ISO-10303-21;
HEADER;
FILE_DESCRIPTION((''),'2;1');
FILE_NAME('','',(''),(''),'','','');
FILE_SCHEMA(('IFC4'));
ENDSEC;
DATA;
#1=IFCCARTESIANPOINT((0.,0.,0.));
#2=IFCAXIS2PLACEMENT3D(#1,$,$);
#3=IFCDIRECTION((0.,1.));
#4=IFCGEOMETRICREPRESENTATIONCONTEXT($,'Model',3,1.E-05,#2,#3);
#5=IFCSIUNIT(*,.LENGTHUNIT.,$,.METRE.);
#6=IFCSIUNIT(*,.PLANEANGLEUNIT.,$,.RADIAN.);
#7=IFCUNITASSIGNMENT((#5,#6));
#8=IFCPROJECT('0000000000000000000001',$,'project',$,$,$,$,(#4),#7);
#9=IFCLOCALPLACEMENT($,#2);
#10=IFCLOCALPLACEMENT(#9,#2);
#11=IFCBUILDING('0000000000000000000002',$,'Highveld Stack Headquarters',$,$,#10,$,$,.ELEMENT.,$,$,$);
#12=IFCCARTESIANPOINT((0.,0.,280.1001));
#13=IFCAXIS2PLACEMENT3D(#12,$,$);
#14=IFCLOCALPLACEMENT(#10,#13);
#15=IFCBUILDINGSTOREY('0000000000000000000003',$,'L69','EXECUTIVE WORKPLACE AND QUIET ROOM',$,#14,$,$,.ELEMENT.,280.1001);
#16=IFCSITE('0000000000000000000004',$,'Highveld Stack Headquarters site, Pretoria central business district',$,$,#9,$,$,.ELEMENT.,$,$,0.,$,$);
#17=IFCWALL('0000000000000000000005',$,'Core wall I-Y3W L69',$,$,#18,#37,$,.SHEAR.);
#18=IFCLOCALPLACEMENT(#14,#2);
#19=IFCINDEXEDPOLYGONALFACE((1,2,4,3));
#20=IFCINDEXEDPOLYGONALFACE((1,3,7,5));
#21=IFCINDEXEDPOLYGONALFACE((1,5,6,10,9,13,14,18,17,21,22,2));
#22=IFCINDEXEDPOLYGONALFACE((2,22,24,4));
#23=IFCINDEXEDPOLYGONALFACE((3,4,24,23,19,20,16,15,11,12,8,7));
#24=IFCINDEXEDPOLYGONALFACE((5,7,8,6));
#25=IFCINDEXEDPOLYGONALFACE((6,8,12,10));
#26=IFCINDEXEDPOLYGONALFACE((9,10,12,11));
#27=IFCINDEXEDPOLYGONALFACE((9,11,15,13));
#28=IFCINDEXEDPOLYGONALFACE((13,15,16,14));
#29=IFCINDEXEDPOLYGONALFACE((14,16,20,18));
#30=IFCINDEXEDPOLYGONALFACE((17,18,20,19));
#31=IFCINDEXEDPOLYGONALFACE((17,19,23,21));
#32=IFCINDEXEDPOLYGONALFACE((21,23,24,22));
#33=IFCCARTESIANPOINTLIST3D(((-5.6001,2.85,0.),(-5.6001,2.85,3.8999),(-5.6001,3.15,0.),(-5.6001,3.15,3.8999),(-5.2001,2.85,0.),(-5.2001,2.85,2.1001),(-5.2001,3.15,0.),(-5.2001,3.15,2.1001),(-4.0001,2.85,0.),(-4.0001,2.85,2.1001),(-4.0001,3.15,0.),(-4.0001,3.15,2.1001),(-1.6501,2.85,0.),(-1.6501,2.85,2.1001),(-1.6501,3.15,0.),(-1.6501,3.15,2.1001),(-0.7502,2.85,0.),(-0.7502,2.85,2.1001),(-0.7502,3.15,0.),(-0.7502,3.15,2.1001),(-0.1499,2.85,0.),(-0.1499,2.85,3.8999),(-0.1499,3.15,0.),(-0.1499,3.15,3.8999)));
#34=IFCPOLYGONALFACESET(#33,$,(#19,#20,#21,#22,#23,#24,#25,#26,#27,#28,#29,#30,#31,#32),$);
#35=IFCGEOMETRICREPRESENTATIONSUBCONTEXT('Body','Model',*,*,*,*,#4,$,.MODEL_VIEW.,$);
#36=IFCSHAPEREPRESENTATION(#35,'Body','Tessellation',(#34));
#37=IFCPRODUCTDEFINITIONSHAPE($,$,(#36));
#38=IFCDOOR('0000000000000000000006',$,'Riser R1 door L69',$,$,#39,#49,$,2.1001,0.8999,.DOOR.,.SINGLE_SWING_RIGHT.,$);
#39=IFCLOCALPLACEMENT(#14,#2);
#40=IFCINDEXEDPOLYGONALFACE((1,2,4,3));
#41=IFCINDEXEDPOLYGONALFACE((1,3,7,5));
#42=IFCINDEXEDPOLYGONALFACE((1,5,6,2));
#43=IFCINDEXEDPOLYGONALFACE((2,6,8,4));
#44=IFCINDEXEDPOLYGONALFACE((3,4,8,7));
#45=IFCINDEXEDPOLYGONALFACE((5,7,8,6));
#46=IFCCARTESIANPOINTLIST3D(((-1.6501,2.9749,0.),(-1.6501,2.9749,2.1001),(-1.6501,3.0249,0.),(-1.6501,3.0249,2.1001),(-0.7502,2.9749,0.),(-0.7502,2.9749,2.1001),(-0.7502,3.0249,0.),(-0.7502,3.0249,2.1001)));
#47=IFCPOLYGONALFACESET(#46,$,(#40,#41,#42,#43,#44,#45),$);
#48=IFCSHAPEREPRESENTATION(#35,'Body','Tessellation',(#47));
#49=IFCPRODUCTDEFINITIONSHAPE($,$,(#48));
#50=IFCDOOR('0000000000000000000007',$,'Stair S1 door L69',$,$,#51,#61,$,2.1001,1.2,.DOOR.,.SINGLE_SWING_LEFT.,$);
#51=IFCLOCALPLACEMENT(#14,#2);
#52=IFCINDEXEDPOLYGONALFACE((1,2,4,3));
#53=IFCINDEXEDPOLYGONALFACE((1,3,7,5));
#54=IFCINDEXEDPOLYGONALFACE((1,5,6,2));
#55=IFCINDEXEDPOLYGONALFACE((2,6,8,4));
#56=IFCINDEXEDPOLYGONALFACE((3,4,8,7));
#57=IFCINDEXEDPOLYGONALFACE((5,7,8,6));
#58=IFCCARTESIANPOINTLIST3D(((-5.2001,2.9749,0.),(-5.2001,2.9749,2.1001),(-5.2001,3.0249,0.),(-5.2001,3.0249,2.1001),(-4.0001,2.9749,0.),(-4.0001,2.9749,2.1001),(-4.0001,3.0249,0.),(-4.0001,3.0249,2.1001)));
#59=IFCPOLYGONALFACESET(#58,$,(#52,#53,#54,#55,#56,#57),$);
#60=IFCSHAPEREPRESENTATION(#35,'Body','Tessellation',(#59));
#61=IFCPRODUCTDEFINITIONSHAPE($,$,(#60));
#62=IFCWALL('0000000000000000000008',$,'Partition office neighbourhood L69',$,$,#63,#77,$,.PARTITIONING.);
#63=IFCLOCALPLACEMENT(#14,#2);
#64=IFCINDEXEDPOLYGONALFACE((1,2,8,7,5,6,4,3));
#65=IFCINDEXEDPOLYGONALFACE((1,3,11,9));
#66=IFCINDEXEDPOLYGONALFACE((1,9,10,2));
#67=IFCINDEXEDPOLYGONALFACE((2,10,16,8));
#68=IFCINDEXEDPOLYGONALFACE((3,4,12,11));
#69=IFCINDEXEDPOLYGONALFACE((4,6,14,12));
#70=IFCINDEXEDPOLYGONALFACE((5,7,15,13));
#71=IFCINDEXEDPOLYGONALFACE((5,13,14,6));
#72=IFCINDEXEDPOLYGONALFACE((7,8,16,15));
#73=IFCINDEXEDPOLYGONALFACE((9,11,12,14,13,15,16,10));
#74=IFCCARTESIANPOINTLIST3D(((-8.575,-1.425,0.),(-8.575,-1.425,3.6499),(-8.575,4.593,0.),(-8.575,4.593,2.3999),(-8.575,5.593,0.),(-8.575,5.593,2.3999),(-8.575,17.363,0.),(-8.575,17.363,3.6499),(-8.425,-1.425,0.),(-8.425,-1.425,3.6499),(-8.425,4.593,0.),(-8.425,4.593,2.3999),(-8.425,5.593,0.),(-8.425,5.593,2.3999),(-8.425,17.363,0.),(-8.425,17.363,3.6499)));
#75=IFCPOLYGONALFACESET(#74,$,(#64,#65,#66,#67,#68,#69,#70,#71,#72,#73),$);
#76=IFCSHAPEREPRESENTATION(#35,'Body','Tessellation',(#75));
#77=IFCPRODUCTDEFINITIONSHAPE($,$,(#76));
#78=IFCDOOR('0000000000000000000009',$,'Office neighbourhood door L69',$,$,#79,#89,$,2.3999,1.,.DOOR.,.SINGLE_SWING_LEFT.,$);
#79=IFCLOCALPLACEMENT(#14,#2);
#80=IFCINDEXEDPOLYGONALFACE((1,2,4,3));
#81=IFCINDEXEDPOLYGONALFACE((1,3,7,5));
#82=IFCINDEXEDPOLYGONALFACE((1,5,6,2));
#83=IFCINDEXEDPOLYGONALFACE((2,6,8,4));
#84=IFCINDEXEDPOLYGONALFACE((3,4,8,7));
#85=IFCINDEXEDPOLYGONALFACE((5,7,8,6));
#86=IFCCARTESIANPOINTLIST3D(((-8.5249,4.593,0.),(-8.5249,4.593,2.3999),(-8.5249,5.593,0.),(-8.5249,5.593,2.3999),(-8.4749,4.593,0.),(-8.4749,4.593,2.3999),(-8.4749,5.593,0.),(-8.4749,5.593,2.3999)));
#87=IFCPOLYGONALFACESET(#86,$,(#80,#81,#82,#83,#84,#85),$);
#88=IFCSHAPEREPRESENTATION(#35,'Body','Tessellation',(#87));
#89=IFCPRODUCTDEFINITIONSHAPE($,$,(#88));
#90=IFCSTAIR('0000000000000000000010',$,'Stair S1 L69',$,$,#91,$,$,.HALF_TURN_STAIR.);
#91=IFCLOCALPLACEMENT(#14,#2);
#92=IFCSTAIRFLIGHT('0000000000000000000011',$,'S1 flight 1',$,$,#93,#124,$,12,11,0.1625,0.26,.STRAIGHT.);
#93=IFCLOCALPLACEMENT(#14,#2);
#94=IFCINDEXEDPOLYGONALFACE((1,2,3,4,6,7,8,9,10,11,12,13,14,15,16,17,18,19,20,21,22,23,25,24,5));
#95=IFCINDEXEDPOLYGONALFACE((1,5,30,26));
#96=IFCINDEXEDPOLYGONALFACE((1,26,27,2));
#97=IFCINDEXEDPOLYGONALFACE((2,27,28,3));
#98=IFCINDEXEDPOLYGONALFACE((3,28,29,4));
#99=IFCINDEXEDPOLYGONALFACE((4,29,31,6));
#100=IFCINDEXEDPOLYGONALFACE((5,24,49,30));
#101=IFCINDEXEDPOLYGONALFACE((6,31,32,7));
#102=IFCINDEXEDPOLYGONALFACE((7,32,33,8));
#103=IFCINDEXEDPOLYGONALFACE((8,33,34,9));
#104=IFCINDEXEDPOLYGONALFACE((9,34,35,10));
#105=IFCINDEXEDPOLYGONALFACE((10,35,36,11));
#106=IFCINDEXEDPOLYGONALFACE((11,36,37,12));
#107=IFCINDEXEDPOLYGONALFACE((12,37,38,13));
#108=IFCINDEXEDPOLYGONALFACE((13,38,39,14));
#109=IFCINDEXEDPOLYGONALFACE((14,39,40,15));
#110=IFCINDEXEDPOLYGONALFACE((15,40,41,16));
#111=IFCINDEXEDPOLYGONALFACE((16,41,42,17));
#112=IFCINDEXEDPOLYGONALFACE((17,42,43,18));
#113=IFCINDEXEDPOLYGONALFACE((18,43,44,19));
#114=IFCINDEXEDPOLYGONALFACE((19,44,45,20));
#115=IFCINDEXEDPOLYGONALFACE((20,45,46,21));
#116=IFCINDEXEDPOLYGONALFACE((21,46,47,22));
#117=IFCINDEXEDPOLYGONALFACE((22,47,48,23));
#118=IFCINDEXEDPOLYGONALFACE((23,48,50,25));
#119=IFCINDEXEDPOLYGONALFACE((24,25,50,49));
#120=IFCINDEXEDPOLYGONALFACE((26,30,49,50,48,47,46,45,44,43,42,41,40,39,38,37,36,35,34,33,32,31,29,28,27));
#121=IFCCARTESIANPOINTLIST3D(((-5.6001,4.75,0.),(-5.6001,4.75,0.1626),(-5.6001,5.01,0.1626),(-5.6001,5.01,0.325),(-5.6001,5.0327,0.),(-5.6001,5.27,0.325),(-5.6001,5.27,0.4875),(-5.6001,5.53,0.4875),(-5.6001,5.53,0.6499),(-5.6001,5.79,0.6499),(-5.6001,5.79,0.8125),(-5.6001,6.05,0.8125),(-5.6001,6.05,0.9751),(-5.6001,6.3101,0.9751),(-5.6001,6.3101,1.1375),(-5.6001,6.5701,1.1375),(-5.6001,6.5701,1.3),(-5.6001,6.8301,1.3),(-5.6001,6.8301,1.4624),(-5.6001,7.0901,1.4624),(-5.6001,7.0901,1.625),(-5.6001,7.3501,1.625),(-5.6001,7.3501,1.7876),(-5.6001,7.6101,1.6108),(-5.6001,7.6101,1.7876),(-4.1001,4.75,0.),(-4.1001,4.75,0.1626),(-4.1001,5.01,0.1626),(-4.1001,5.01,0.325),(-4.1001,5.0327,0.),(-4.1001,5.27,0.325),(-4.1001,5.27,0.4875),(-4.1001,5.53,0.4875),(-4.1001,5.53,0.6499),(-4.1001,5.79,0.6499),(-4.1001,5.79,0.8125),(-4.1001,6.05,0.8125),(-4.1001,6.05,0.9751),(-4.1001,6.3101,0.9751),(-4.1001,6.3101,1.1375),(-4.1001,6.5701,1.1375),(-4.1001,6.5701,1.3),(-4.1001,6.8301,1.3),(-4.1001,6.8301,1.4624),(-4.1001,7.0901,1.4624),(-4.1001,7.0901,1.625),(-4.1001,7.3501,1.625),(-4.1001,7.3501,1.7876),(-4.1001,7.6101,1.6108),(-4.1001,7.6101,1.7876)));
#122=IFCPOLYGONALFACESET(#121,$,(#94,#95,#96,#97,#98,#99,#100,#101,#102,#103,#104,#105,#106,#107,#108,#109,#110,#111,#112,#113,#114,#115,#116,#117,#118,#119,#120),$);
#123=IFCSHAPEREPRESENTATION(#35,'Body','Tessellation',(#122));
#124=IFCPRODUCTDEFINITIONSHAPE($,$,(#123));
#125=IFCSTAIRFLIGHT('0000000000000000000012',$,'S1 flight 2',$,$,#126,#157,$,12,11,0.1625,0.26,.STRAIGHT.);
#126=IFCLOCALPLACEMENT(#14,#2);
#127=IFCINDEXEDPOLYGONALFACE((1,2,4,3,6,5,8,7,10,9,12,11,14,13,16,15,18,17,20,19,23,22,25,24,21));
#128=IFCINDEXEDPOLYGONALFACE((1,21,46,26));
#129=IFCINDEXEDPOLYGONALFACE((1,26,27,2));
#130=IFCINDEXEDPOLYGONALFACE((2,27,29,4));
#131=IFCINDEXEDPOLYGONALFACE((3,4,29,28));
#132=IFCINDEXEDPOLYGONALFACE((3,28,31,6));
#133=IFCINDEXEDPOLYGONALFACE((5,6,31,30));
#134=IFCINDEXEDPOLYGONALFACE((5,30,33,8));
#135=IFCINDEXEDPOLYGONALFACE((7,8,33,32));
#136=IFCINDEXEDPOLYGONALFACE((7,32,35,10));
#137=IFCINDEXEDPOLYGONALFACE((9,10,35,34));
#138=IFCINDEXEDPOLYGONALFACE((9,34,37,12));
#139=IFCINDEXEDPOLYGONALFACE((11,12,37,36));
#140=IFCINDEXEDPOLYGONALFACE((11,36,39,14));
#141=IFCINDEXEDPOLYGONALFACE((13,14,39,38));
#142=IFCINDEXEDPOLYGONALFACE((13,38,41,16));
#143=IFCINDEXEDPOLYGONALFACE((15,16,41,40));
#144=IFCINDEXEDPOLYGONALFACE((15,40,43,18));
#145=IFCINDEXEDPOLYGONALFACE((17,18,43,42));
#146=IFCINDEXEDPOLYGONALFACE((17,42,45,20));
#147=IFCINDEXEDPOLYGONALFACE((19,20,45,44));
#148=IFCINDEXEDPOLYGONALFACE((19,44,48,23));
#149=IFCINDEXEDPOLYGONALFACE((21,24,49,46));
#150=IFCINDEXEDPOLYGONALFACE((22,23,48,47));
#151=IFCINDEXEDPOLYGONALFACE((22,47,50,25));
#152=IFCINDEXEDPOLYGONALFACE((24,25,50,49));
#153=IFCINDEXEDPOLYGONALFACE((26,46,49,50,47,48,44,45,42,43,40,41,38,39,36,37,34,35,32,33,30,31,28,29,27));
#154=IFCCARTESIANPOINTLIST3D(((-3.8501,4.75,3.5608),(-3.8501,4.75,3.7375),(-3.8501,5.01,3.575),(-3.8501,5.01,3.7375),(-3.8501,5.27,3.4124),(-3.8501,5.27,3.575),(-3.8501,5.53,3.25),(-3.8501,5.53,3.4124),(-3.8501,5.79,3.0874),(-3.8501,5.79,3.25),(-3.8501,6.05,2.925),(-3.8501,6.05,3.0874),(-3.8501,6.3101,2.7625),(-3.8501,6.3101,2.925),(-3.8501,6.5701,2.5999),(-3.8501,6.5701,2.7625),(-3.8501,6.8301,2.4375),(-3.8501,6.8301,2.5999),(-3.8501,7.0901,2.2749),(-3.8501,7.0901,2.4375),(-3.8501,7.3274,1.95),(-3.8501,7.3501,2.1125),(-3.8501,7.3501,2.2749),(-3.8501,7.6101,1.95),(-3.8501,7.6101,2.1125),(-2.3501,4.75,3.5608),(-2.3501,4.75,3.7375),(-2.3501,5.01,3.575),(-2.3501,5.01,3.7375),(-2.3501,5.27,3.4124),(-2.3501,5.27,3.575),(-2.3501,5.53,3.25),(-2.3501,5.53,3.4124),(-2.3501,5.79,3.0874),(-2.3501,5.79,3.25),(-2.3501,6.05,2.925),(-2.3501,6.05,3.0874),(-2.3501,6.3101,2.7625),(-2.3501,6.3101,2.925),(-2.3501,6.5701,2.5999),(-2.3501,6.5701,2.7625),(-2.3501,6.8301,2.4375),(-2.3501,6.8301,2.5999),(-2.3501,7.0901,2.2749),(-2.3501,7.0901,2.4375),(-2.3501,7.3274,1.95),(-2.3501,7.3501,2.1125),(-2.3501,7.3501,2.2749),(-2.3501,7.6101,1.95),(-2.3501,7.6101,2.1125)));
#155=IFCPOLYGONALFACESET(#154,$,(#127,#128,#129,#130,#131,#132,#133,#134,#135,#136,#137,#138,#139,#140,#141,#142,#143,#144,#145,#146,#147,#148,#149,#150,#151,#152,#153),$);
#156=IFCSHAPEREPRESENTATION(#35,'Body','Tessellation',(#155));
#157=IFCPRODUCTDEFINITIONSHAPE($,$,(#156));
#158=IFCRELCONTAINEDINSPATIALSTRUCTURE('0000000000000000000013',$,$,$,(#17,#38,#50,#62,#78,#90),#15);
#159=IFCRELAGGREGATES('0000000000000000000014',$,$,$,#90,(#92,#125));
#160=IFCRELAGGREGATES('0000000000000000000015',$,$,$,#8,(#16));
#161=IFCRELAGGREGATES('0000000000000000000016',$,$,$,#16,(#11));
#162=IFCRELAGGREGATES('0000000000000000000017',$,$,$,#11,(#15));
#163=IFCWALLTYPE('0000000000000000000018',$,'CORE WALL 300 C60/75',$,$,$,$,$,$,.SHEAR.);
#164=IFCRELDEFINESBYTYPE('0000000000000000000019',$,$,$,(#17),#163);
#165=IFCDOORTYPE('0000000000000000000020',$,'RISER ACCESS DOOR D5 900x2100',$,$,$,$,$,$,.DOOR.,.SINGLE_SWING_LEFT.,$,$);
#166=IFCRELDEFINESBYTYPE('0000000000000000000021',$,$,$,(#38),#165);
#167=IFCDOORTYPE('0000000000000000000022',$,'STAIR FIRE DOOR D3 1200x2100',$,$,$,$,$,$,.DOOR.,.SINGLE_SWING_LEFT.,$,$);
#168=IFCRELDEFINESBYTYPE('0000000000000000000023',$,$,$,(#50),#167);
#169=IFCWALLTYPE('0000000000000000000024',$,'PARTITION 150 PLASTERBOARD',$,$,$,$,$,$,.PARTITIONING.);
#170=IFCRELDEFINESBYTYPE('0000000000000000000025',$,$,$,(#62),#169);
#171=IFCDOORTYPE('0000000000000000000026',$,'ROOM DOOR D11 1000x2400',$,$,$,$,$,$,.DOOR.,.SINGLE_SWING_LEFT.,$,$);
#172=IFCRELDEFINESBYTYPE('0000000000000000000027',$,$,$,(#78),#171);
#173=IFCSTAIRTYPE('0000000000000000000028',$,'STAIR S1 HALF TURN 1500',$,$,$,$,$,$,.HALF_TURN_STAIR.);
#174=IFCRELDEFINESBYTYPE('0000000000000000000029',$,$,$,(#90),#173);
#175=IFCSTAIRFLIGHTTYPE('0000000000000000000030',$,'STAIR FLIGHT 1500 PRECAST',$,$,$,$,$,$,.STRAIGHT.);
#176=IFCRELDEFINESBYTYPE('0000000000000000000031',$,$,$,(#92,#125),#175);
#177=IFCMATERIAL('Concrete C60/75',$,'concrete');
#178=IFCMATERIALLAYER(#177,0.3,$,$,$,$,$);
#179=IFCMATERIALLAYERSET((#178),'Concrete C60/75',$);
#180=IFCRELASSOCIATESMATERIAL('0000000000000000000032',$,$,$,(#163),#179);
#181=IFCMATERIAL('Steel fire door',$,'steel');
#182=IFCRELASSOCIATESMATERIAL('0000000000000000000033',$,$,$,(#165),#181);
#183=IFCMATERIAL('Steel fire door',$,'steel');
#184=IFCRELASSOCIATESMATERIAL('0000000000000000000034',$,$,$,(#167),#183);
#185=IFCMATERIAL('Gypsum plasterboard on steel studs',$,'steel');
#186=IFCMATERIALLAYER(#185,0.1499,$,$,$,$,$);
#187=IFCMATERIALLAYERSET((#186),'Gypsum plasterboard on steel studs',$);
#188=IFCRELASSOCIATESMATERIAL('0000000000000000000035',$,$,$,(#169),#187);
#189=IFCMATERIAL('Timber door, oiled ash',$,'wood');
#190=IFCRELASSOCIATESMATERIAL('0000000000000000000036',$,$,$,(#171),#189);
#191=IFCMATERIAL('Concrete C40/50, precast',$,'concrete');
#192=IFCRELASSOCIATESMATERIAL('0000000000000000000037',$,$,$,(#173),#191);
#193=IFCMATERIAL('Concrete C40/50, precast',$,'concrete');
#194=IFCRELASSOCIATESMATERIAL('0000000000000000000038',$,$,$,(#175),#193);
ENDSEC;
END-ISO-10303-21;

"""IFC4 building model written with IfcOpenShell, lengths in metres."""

from ifc_helpers import new_model, si_unit, direction, frame, frame_2d, origin, place, context, subcontext, project, spatial, polyline, rectangle, outline, extrude, material, layer, layer_set, type_object, element, fill, aggregate, save


model = new_model("IFC4")

# Units and contexts
model_context = context("Model", 3, precision=1e-05, world=origin(), true_north=direction((0.0, 1.0)))
body_context = subcontext(model_context, "Body", "Model", "MODEL_VIEW")
ifc_project = project(units=[si_unit("LENGTHUNIT", "METRE"), si_unit("PLANEANGLEUNIT", "RADIAN")], contexts=[model_context])

# Site, building, storey
site_placement = place(None, origin())
site = spatial("IfcSite", under=ifc_project, at=site_placement, Name="Highveld Stack Headquarters site, Pretoria central business district", CompositionType="ELEMENT", RefElevation=0.0)
building_placement = place(site_placement, origin())
building = spatial("IfcBuilding", under=site, at=building_placement, Name="Highveld Stack Headquarters", CompositionType="ELEMENT")
storey_placement = place(building_placement, frame((0.0, 0.0, 280.1001)))
storey = spatial("IfcBuildingStorey", under=building, at=storey_placement, Name="L69", Description="EXECUTIVE WORKPLACE AND QUIET ROOM", CompositionType="ELEMENT", Elevation=280.1001)

# Wall, openings, doors
ifc_material_1 = material(Name="Concrete C60/75", Category="concrete")
ifc_layer_1 = layer(ifc_material_1, 0.3)
ifc_layer_set_1 = layer_set([ifc_layer_1], Name="Concrete C60/75")
wall_type_1 = type_object("IfcWallType", Name="CORE WALL 300 C60/75", PredefinedType="SHEAR", material=ifc_layer_set_1)
wall_1_placement = place(storey_placement, frame((-5.6001, 3.0, 0.0), z_axis=(0.0, 0.0, 1.0), x_axis=(1.0, 0.0, 0.0)))
wall_1 = element("IfcWall", 1, at=wall_1_placement, inside=storey, type_object=wall_type_1, Name="Core wall I-Y3W L69", PredefinedType="SHEAR", context=body_context, shape_type="SweptSolid", body=[
    extrude(rectangle(XDim=5.4502, YDim=0.3, at=frame_2d((2.7251, 0.0))), origin(), (0.0, 0.0, 1.0), 3.8999),
])
opening_1_placement = place(wall_1_placement, frame((0.3999, 0.0, 0.0)))
opening_1 = element("IfcOpeningElement", 2, at=opening_1_placement, cuts=wall_1, PredefinedType="OPENING", context=body_context, shape_type="SweptSolid", body=[
    extrude(rectangle(XDim=1.2, YDim=2.1001, at=frame_2d((0.6001, 1.05))), frame((0.0, 0.1599, 0.0), z_axis=(0.0, -1.0, 0.0), x_axis=(1.0, 0.0, 0.0)), (0.0, 0.0, 1.0), 0.3201),
])
opening_2_placement = place(wall_1_placement, frame((3.95, 0.0, 0.0)))
opening_2 = element("IfcOpeningElement", 3, at=opening_2_placement, cuts=wall_1, PredefinedType="OPENING", context=body_context, shape_type="SweptSolid", body=[
    extrude(rectangle(XDim=0.8999, YDim=2.1001, at=frame_2d((0.45, 1.05))), frame((0.0, 0.1599, 0.0), z_axis=(0.0, -1.0, 0.0), x_axis=(1.0, 0.0, 0.0)), (0.0, 0.0, 1.0), 0.3201),
])
ifc_material_2 = material(Name="Steel fire door", Category="steel")
door_type_1 = type_object("IfcDoorType", Name="RISER ACCESS DOOR D5 900x2100", OperationType="SINGLE_SWING_LEFT", PredefinedType="DOOR", material=ifc_material_2)
door_1_placement = place(opening_2_placement, origin())
door_1 = element("IfcDoor", 4, at=door_1_placement, inside=storey, type_object=door_type_1, Name="Riser R1 door L69", OperationType="SINGLE_SWING_RIGHT", OverallHeight=2.1001, OverallWidth=0.8999, PredefinedType="DOOR", context=body_context, shape_type="SweptSolid", body=[
    extrude(rectangle(XDim=0.8999, YDim=2.1001, at=frame_2d((0.45, 1.05))), frame((0.0, 0.0249, 0.0), z_axis=(0.0, -1.0, 0.0), x_axis=(1.0, 0.0, 0.0)), (0.0, 0.0, 1.0), 0.05),
])
fill(opening_2, door_1)
ifc_material_3 = material(Name="Steel fire door", Category="steel")
door_type_2 = type_object("IfcDoorType", Name="STAIR FIRE DOOR D3 1200x2100", OperationType="SINGLE_SWING_LEFT", PredefinedType="DOOR", material=ifc_material_3)
door_2_placement = place(opening_1_placement, origin())
door_2 = element("IfcDoor", 5, at=door_2_placement, inside=storey, type_object=door_type_2, Name="Stair S1 door L69", OperationType="SINGLE_SWING_LEFT", OverallHeight=2.1001, OverallWidth=1.2, PredefinedType="DOOR", context=body_context, shape_type="SweptSolid", body=[
    extrude(rectangle(XDim=1.2, YDim=2.1001, at=frame_2d((0.6001, 1.05))), frame((0.0, 0.0249, 0.0), z_axis=(0.0, -1.0, 0.0), x_axis=(1.0, 0.0, 0.0)), (0.0, 0.0, 1.0), 0.05),
])
fill(opening_1, door_2)

# Wall, opening, door
ifc_material_4 = material(Name="Gypsum plasterboard on steel studs", Category="steel")
ifc_layer_2 = layer(ifc_material_4, 0.1499)
ifc_layer_set_2 = layer_set([ifc_layer_2], Name="Gypsum plasterboard on steel studs")
wall_type_2 = type_object("IfcWallType", Name="PARTITION 150 PLASTERBOARD", PredefinedType="PARTITIONING", material=ifc_layer_set_2)
wall_2_placement = place(storey_placement, frame((-8.5, -1.425, 0.0), z_axis=(0.0, 0.0, 1.0), x_axis=(0.0, 1.0, 0.0)))
wall_2 = element("IfcWall", 6, at=wall_2_placement, inside=storey, type_object=wall_type_2, Name="Partition office neighbourhood L69", PredefinedType="PARTITIONING", context=body_context, shape_type="SweptSolid", body=[
    extrude(rectangle(XDim=18.7881, YDim=0.1499, at=frame_2d((9.394, 0.0))), origin(), (0.0, 0.0, 1.0), 3.6499),
])
opening_3_placement = place(wall_2_placement, frame((6.0181, 0.0, 0.0)))
opening_3 = element("IfcOpeningElement", 7, at=opening_3_placement, cuts=wall_2, PredefinedType="OPENING", context=body_context, shape_type="SweptSolid", body=[
    extrude(rectangle(XDim=1.0, YDim=2.3999, at=frame_2d((0.5, 1.2))), frame((0.0, 0.085, 0.0), z_axis=(0.0, -1.0, 0.0), x_axis=(1.0, 0.0, 0.0)), (0.0, 0.0, 1.0), 0.1699),
])
ifc_material_5 = material(Name="Timber door, oiled ash", Category="wood")
door_type_3 = type_object("IfcDoorType", Name="ROOM DOOR D11 1000x2400", OperationType="SINGLE_SWING_LEFT", PredefinedType="DOOR", material=ifc_material_5)
door_3_placement = place(opening_3_placement, origin())
door_3 = element("IfcDoor", 8, at=door_3_placement, inside=storey, type_object=door_type_3, Name="Office neighbourhood door L69", OperationType="SINGLE_SWING_LEFT", OverallHeight=2.3999, OverallWidth=1.0, PredefinedType="DOOR", context=body_context, shape_type="SweptSolid", body=[
    extrude(rectangle(XDim=1.0, YDim=2.3999, at=frame_2d((0.5, 1.2))), frame((0.0, 0.0249, 0.0), z_axis=(0.0, -1.0, 0.0), x_axis=(1.0, 0.0, 0.0)), (0.0, 0.0, 1.0), 0.05),
])
fill(opening_3, door_3)

# Stair, stair flights
ifc_material_6 = material(Name="Concrete C40/50, precast", Category="concrete")
stair_type = type_object("IfcStairType", Name="STAIR S1 HALF TURN 1500", PredefinedType="HALF_TURN_STAIR", material=ifc_material_6)
stair_placement = place(storey_placement, origin())
stair = element("IfcStair", 9, at=stair_placement, inside=storey, type_object=stair_type, Name="Stair S1 L69", PredefinedType="HALF_TURN_STAIR")
ifc_material_7 = material(Name="Concrete C40/50, precast", Category="concrete")
stair_flight_type = type_object("IfcStairFlightType", Name="STAIR FLIGHT 1500 PRECAST", PredefinedType="STRAIGHT", material=ifc_material_7)
stair_flight_1_placement = place(storey_placement, frame((-4.8501, 4.75, 0.0), z_axis=(0.0, 0.0, 1.0), x_axis=(0.0, 1.0, 0.0)))
stair_flight_1 = element("IfcStairFlight", 10, at=stair_flight_1_placement, type_object=stair_flight_type, Name="S1 flight 1", NumberOfRisers=12, NumberOfTreads=11, PredefinedType="STRAIGHT", RiserHeight=0.1625, TreadLength=0.26, context=body_context, shape_type="SweptSolid", body=[
    extrude(outline(polyline([(0.0, 0.0), (0.0, 0.1626), (0.26, 0.1626), (0.26, 0.325), (0.52, 0.325), (0.52, 0.4875), (0.78, 0.4875), (0.78, 0.6499), (1.04, 0.6499), (1.04, 0.8125), (1.3, 0.8125), (1.3, 0.9751), (1.5601, 0.9751), (1.5601, 1.1375), (1.8201, 1.1375), (1.8201, 1.3), (2.0801, 1.3), (2.0801, 1.4624), (2.3401, 1.4624), (2.3401, 1.625), (2.6001, 1.625), (2.6001, 1.7876), (2.8601, 1.7876), (2.8601, 1.95), (2.8601, 1.6108), (0.2827, 0.0), (0.0, 0.0)])), frame((0.0, 0.75, 0.0), z_axis=(0.0, -1.0, 0.0), x_axis=(1.0, 0.0, 0.0)), (0.0, 0.0, 1.0), 1.5),
])
stair_flight_2_placement = place(storey_placement, frame((-3.1001, 7.6101, 1.95), z_axis=(0.0, 0.0, 1.0), x_axis=(0.0, -1.0, 0.0)))
stair_flight_2 = element("IfcStairFlight", 11, at=stair_flight_2_placement, type_object=stair_flight_type, Name="S1 flight 2", NumberOfRisers=12, NumberOfTreads=11, PredefinedType="STRAIGHT", RiserHeight=0.1625, TreadLength=0.26, context=body_context, shape_type="SweptSolid", body=[
    extrude(outline(polyline([(0.0, 0.0), (0.0, 0.1626), (0.26, 0.1626), (0.26, 0.325), (0.52, 0.325), (0.52, 0.4875), (0.78, 0.4875), (0.78, 0.6499), (1.04, 0.6499), (1.04, 0.8125), (1.3, 0.8125), (1.3, 0.9751), (1.5601, 0.9751), (1.5601, 1.1375), (1.8201, 1.1375), (1.8201, 1.3), (2.0801, 1.3), (2.0801, 1.4624), (2.3401, 1.4624), (2.3401, 1.625), (2.6001, 1.625), (2.6001, 1.7876), (2.8601, 1.7876), (2.8601, 1.95), (2.8601, 1.6108), (0.2827, 0.0), (0.0, 0.0)])), frame((0.0, 0.75, 0.0), z_axis=(0.0, -1.0, 0.0), x_axis=(1.0, 0.0, 0.0)), (0.0, 0.0, 1.0), 1.5),
])
aggregate(stair, [stair_flight_1, stair_flight_2])

save(model, "model.ifc")
